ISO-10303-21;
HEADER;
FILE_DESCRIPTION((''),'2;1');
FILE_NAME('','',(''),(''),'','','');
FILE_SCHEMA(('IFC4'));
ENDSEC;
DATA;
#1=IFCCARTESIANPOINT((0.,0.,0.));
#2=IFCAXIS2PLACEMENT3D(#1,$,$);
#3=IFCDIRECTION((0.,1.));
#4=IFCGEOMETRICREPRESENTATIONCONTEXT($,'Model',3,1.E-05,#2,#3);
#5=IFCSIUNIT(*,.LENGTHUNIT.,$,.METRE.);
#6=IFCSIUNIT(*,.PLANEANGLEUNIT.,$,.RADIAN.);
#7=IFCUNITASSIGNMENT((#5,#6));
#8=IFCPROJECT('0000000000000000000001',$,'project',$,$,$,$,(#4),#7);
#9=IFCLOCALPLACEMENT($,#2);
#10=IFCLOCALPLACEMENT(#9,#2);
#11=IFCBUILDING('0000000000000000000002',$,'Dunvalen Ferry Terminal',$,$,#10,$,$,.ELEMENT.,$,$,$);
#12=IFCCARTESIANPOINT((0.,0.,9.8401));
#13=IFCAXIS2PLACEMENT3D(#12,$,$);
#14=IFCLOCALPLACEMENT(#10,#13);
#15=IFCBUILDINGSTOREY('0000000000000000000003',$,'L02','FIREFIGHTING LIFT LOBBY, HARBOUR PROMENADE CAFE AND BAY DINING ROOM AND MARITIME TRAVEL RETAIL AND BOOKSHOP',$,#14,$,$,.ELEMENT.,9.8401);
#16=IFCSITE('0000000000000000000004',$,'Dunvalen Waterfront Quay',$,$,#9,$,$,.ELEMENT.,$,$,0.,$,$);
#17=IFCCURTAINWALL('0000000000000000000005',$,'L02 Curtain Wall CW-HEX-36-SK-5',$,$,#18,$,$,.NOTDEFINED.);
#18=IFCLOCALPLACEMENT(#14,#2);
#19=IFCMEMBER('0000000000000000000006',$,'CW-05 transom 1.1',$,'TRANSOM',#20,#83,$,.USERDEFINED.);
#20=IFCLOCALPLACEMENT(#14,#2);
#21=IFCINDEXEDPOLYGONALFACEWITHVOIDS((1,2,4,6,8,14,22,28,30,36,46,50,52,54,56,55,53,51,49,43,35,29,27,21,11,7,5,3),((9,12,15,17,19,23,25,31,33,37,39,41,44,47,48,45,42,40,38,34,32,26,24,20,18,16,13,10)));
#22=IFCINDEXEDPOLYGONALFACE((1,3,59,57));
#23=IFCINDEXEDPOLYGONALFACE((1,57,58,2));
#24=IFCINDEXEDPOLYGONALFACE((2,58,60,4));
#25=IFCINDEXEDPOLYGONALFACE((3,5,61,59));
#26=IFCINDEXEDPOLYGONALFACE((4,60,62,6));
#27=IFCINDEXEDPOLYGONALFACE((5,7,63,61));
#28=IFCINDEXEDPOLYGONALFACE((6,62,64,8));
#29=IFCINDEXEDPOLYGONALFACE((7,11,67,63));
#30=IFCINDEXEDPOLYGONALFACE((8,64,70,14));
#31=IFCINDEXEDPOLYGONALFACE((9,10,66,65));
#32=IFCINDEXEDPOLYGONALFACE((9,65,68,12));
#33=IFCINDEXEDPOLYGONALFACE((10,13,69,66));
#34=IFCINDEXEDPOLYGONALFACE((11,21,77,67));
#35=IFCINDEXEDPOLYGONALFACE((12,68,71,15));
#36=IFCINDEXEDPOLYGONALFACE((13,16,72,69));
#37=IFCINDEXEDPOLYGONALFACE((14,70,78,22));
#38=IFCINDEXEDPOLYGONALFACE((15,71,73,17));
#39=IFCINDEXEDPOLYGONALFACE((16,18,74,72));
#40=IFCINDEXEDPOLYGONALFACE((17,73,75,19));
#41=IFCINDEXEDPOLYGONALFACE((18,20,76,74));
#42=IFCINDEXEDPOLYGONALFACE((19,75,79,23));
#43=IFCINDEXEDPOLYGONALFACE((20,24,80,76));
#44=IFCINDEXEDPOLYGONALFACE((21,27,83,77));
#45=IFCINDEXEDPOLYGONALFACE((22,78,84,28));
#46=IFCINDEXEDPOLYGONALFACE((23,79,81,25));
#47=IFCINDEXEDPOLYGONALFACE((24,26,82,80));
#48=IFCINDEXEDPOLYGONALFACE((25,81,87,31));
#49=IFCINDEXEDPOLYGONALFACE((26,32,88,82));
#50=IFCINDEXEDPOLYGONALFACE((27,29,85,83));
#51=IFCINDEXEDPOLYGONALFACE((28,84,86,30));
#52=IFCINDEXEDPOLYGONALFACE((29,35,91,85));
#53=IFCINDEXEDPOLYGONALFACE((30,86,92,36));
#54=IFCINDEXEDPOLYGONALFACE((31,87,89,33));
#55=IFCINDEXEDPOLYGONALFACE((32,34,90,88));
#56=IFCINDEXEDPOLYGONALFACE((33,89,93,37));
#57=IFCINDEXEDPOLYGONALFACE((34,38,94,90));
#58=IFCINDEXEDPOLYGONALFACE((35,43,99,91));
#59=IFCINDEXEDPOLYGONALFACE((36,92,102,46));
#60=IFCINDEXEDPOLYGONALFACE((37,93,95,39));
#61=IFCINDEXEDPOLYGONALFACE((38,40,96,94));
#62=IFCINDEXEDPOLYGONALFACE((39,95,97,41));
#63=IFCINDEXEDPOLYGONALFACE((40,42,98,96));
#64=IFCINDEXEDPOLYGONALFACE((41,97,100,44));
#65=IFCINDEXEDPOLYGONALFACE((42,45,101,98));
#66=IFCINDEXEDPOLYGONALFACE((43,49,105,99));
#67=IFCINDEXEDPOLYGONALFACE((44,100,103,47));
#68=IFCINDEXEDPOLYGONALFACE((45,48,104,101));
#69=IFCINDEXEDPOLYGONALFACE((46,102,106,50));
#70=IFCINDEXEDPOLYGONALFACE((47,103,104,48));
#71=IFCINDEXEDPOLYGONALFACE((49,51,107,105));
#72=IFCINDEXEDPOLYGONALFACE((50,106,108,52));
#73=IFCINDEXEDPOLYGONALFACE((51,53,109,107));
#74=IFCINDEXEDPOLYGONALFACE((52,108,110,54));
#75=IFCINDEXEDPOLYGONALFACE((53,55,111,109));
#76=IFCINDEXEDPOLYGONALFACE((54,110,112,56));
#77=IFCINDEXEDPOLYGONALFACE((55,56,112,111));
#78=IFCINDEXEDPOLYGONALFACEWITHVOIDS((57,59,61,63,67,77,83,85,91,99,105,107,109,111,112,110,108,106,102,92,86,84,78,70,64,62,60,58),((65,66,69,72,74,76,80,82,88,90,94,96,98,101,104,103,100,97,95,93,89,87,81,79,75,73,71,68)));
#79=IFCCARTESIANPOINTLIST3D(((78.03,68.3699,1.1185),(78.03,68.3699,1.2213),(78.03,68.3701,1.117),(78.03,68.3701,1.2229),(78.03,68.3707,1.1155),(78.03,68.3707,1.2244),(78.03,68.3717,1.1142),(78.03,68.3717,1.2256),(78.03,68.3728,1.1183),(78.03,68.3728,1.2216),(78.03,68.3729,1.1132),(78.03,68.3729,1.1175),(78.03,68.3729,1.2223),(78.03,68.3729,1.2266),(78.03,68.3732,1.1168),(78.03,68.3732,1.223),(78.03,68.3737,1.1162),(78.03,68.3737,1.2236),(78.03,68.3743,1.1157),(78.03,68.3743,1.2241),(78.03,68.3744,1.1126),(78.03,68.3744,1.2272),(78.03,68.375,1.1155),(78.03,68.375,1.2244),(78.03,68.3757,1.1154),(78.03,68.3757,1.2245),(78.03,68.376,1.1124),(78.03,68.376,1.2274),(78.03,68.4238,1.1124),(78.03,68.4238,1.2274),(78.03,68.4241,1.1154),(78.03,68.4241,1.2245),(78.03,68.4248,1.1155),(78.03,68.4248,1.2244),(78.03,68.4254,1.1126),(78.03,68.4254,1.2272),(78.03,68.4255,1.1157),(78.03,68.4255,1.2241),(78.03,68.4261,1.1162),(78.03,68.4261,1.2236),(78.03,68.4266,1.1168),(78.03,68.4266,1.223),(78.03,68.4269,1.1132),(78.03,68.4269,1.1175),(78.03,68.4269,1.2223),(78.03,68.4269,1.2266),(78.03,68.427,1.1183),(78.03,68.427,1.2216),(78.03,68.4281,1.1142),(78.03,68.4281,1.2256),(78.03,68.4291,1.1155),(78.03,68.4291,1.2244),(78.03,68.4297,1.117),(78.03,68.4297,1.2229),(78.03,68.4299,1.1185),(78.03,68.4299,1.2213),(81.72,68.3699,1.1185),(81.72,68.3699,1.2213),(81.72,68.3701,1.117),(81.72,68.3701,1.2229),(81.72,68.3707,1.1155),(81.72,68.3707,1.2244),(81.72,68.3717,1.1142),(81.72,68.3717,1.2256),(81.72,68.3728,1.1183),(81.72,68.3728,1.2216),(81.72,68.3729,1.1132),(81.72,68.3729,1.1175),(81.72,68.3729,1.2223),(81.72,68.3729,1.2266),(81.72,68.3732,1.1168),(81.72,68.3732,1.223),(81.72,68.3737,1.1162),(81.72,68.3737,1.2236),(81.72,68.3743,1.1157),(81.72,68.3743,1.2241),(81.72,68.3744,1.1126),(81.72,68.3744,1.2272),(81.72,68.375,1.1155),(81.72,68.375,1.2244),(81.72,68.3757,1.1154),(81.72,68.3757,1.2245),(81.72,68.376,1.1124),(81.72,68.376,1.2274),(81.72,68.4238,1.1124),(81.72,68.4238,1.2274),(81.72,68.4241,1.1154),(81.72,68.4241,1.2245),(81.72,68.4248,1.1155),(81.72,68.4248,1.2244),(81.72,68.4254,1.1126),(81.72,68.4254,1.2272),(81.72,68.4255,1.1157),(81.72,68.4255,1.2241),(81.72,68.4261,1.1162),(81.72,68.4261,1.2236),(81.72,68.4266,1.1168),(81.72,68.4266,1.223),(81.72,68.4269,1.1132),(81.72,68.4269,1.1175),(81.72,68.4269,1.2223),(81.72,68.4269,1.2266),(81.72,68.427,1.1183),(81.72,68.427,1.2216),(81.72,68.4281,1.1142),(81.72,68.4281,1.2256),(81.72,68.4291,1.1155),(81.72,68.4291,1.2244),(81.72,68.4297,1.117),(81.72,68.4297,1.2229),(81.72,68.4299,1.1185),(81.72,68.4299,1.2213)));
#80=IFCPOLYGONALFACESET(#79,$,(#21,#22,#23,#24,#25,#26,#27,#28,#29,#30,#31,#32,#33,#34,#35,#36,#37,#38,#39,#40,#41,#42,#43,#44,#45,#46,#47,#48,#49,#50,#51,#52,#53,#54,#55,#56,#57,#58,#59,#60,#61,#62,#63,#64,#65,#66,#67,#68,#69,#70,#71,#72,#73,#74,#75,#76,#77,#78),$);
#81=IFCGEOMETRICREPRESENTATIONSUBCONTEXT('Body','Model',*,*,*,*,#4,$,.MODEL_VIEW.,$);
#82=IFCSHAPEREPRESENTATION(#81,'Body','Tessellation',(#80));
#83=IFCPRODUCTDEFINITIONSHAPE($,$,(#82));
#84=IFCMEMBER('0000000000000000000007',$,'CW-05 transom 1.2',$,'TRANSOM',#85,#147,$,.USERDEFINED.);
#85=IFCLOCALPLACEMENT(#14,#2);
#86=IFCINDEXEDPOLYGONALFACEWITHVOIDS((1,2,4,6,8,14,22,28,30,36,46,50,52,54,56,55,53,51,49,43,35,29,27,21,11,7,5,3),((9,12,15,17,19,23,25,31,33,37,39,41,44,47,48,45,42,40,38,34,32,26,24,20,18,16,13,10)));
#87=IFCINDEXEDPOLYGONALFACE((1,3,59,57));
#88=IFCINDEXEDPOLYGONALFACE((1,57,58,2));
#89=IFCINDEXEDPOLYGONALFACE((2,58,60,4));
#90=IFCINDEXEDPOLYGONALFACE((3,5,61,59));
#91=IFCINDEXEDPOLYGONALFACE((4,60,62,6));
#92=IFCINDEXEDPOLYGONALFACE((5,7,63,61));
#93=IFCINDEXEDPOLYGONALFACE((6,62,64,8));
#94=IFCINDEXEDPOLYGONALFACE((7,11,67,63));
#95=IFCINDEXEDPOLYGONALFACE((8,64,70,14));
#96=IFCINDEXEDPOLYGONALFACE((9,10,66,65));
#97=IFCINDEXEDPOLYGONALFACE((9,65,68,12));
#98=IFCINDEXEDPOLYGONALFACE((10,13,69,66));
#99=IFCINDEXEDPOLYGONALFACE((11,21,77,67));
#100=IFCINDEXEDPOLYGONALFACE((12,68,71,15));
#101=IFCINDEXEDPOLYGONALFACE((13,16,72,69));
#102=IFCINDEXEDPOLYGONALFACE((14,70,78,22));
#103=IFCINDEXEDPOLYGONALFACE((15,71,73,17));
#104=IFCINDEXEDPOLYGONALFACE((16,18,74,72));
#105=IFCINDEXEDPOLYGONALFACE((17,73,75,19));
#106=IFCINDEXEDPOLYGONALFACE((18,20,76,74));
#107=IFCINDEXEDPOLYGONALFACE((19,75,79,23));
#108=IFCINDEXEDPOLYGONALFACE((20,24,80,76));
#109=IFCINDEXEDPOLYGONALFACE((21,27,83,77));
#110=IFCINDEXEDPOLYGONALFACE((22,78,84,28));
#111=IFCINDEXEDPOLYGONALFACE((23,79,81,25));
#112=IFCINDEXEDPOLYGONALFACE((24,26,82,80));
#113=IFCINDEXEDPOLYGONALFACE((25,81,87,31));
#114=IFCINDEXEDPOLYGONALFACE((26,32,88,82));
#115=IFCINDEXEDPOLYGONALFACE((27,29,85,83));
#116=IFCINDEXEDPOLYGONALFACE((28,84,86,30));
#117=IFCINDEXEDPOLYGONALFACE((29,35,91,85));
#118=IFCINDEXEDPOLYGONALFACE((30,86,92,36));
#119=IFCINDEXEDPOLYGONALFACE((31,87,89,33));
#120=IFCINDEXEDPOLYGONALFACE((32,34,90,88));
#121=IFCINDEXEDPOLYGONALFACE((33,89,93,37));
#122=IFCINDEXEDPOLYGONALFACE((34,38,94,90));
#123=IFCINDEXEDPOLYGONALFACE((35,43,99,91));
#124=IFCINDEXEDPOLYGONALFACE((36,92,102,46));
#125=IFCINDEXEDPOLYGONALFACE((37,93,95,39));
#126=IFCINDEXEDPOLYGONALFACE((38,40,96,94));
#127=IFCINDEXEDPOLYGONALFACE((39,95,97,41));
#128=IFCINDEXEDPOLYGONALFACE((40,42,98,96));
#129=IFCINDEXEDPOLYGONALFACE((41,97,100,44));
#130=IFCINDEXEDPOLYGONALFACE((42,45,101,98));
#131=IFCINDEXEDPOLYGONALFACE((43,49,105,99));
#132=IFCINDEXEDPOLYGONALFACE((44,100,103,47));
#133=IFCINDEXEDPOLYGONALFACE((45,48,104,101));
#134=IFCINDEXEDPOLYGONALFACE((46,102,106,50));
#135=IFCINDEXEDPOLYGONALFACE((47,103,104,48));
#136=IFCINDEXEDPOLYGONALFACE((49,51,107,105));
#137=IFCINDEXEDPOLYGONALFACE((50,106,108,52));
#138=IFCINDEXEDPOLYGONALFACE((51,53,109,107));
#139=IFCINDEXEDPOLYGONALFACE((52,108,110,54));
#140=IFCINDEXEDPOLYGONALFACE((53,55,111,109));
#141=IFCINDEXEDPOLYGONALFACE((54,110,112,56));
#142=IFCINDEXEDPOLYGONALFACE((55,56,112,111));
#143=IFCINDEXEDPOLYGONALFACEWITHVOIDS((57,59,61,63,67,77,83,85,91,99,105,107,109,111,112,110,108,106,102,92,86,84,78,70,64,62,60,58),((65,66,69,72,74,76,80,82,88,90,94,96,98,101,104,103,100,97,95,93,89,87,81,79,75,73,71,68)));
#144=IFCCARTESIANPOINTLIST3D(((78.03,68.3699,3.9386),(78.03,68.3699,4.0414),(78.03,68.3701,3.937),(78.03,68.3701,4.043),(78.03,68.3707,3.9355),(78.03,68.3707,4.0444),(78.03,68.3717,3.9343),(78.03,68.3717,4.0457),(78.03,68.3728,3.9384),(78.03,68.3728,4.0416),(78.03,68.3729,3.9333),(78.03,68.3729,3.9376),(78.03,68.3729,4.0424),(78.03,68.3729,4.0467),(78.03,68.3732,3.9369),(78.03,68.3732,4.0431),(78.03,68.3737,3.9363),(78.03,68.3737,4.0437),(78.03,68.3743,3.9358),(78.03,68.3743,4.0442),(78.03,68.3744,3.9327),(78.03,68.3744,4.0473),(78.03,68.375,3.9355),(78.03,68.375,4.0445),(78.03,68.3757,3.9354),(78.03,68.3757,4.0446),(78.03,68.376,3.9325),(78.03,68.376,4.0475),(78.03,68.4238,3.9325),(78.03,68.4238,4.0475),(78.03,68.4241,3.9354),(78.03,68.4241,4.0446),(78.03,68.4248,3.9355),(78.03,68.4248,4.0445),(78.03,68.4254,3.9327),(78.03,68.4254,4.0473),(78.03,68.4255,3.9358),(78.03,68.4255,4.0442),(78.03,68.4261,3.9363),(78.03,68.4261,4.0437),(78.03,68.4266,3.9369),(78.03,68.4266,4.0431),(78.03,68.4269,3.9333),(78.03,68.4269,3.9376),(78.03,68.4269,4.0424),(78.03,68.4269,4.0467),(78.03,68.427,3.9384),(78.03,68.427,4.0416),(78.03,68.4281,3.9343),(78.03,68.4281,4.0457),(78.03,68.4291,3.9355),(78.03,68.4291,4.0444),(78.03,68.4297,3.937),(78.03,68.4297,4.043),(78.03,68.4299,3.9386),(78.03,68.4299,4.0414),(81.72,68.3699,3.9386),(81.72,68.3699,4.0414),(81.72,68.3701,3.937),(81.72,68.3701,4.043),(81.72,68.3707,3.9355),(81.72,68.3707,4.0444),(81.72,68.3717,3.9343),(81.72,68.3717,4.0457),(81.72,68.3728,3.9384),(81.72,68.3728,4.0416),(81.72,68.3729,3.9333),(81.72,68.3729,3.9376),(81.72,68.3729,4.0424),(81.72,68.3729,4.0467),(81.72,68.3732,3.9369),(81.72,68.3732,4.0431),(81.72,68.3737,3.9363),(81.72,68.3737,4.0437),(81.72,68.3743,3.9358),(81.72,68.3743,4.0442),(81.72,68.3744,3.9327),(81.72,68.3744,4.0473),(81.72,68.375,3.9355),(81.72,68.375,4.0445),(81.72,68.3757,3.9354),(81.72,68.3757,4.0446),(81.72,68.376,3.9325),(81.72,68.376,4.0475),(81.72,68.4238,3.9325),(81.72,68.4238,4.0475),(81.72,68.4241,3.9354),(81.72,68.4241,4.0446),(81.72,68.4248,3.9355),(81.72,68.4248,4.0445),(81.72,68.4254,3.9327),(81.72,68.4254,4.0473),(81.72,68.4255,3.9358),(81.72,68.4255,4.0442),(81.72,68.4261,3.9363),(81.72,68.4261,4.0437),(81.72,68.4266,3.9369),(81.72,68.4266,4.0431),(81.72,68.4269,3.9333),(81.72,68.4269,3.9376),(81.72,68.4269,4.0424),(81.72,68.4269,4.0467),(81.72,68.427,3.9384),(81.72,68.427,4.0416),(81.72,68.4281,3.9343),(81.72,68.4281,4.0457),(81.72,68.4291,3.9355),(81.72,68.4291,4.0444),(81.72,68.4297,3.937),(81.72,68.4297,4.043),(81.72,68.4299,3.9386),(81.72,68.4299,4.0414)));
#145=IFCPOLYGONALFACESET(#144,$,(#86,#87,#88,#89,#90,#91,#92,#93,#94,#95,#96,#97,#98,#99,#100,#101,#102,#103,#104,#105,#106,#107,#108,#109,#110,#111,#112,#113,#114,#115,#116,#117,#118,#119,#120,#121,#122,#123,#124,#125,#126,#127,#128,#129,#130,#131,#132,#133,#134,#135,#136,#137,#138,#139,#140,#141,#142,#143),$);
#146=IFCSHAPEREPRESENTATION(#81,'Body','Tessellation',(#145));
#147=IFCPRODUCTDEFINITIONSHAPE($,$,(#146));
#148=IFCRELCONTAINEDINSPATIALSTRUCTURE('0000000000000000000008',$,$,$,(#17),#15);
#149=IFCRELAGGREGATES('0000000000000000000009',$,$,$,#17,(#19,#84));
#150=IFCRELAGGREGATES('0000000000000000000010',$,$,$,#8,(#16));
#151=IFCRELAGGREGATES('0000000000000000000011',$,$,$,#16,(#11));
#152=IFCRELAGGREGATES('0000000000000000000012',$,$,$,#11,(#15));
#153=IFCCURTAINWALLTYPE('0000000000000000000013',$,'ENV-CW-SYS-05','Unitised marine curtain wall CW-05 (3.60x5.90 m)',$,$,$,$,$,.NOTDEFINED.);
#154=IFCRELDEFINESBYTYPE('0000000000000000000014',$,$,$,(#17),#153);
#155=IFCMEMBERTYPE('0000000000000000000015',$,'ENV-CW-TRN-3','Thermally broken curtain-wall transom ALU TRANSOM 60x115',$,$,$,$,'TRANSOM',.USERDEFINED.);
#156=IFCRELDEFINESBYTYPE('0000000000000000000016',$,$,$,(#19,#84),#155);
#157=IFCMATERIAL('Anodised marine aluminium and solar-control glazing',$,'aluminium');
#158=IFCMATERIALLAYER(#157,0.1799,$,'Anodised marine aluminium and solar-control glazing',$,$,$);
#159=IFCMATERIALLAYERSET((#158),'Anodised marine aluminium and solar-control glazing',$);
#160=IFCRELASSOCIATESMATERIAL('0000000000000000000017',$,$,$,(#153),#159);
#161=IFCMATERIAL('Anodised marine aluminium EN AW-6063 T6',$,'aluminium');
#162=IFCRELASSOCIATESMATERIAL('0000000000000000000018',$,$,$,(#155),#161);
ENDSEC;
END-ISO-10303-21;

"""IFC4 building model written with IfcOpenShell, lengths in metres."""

from ifc_helpers import new_model, si_unit, direction, frame, origin, origin_2d, place, context, subcontext, project, spatial, hollow_rectangle, extrude, material, layer, layer_set, material_profile, profile_set, type_object, element, aggregate, save


model = new_model("IFC4")

# Units and contexts
model_context = context("Model", 3, precision=1e-05, world=origin(), true_north=direction((0.0, 1.0)))
body_context = subcontext(model_context, "Body", "Model", "MODEL_VIEW")
ifc_project = project(units=[si_unit("LENGTHUNIT", "METRE"), si_unit("PLANEANGLEUNIT", "RADIAN")], contexts=[model_context])

# Site, building, storey
site_placement = place(None, origin())
site = spatial("IfcSite", under=ifc_project, at=site_placement, Name="Dunvalen Waterfront Quay", CompositionType="ELEMENT", RefElevation=0.0)
building_placement = place(site_placement, origin())
building = spatial("IfcBuilding", under=site, at=building_placement, Name="Dunvalen Ferry Terminal", CompositionType="ELEMENT")
storey_placement = place(building_placement, frame((0.0, 0.0, 9.8401)))
storey = spatial("IfcBuildingStorey", under=building, at=storey_placement, Name="L02", Description="FIREFIGHTING LIFT LOBBY, HARBOUR PROMENADE CAFE AND BAY DINING ROOM AND MARITIME TRAVEL RETAIL AND BOOKSHOP", CompositionType="ELEMENT", Elevation=9.8401)

# Curtain wall, members
ifc_material_1 = material(Name="Anodised marine aluminium and solar-control glazing", Category="aluminium")
ifc_layer_1 = layer(ifc_material_1, 0.1799, Name="Anodised marine aluminium and solar-control glazing")
ifc_layer_set_1 = layer_set([ifc_layer_1], Name="Anodised marine aluminium and solar-control glazing")
curtain_wall_type = type_object("IfcCurtainWallType", Name="ENV-CW-SYS-05", Description="Unitised marine curtain wall CW-05 (3.60x5.90 m)", PredefinedType="NOTDEFINED", material=ifc_layer_set_1)
curtain_wall_placement = place(storey_placement, origin())
curtain_wall = element("IfcCurtainWall", 1, at=curtain_wall_placement, inside=storey, type_object=curtain_wall_type, Name="L02 Curtain Wall CW-HEX-36-SK-5", PredefinedType="NOTDEFINED")
ifc_material_2 = material(Name="Anodised marine aluminium EN AW-6063 T6", Category="aluminium")
ifc_material_profile_1 = material_profile(ifc_material_2, hollow_rectangle(XDim=0.0601, YDim=0.115, WallThickness=0.0029, InnerFilletRadius=0.0029, OuterFilletRadius=0.0061, at=origin_2d()), Name="Anodised marine aluminium EN AW-6063 T6")
ifc_profile_set_1 = profile_set([ifc_material_profile_1], Name="Anodised marine aluminium EN AW-6063 T6")
member_type_1 = type_object("IfcMemberType", Name="ENV-CW-TRN-3", Description="Thermally broken curtain-wall transom ALU TRANSOM 60x115", ElementType="TRANSOM", PredefinedType="USERDEFINED", material=ifc_profile_set_1)
member_1_placement = place(storey_placement, frame((81.72, 68.3999, 1.1699), z_axis=(-1.0, 0.0, 0.0), x_axis=(0.0, -1.0, 0.0)))
member_1 = element("IfcMember", 2, at=member_1_placement, type_object=member_type_1, Name="CW-05 transom 1.1", ObjectType="TRANSOM", PredefinedType="USERDEFINED", context=body_context, shape_type="SweptSolid", body=[
    extrude(hollow_rectangle(XDim=0.0601, YDim=0.115, WallThickness=0.0029, InnerFilletRadius=0.0029, OuterFilletRadius=0.0061, at=origin_2d()), origin(), (0.0, 0.0, 1.0), 3.6899),
])
member_2_placement = place(storey_placement, frame((81.72, 68.3999, 3.99), z_axis=(-1.0, 0.0, 0.0), x_axis=(0.0, -1.0, 0.0)))
member_2 = element("IfcMember", 3, at=member_2_placement, type_object=member_type_1, Name="CW-05 transom 1.2", ObjectType="TRANSOM", PredefinedType="USERDEFINED", context=body_context, shape_type="SweptSolid", body=[
    extrude(hollow_rectangle(XDim=0.0601, YDim=0.115, WallThickness=0.0029, InnerFilletRadius=0.0029, OuterFilletRadius=0.0061, at=origin_2d()), origin(), (0.0, 0.0, 1.0), 3.6899),
])

aggregate(curtain_wall, [member_1, member_2])

save(model, "model.ifc")
